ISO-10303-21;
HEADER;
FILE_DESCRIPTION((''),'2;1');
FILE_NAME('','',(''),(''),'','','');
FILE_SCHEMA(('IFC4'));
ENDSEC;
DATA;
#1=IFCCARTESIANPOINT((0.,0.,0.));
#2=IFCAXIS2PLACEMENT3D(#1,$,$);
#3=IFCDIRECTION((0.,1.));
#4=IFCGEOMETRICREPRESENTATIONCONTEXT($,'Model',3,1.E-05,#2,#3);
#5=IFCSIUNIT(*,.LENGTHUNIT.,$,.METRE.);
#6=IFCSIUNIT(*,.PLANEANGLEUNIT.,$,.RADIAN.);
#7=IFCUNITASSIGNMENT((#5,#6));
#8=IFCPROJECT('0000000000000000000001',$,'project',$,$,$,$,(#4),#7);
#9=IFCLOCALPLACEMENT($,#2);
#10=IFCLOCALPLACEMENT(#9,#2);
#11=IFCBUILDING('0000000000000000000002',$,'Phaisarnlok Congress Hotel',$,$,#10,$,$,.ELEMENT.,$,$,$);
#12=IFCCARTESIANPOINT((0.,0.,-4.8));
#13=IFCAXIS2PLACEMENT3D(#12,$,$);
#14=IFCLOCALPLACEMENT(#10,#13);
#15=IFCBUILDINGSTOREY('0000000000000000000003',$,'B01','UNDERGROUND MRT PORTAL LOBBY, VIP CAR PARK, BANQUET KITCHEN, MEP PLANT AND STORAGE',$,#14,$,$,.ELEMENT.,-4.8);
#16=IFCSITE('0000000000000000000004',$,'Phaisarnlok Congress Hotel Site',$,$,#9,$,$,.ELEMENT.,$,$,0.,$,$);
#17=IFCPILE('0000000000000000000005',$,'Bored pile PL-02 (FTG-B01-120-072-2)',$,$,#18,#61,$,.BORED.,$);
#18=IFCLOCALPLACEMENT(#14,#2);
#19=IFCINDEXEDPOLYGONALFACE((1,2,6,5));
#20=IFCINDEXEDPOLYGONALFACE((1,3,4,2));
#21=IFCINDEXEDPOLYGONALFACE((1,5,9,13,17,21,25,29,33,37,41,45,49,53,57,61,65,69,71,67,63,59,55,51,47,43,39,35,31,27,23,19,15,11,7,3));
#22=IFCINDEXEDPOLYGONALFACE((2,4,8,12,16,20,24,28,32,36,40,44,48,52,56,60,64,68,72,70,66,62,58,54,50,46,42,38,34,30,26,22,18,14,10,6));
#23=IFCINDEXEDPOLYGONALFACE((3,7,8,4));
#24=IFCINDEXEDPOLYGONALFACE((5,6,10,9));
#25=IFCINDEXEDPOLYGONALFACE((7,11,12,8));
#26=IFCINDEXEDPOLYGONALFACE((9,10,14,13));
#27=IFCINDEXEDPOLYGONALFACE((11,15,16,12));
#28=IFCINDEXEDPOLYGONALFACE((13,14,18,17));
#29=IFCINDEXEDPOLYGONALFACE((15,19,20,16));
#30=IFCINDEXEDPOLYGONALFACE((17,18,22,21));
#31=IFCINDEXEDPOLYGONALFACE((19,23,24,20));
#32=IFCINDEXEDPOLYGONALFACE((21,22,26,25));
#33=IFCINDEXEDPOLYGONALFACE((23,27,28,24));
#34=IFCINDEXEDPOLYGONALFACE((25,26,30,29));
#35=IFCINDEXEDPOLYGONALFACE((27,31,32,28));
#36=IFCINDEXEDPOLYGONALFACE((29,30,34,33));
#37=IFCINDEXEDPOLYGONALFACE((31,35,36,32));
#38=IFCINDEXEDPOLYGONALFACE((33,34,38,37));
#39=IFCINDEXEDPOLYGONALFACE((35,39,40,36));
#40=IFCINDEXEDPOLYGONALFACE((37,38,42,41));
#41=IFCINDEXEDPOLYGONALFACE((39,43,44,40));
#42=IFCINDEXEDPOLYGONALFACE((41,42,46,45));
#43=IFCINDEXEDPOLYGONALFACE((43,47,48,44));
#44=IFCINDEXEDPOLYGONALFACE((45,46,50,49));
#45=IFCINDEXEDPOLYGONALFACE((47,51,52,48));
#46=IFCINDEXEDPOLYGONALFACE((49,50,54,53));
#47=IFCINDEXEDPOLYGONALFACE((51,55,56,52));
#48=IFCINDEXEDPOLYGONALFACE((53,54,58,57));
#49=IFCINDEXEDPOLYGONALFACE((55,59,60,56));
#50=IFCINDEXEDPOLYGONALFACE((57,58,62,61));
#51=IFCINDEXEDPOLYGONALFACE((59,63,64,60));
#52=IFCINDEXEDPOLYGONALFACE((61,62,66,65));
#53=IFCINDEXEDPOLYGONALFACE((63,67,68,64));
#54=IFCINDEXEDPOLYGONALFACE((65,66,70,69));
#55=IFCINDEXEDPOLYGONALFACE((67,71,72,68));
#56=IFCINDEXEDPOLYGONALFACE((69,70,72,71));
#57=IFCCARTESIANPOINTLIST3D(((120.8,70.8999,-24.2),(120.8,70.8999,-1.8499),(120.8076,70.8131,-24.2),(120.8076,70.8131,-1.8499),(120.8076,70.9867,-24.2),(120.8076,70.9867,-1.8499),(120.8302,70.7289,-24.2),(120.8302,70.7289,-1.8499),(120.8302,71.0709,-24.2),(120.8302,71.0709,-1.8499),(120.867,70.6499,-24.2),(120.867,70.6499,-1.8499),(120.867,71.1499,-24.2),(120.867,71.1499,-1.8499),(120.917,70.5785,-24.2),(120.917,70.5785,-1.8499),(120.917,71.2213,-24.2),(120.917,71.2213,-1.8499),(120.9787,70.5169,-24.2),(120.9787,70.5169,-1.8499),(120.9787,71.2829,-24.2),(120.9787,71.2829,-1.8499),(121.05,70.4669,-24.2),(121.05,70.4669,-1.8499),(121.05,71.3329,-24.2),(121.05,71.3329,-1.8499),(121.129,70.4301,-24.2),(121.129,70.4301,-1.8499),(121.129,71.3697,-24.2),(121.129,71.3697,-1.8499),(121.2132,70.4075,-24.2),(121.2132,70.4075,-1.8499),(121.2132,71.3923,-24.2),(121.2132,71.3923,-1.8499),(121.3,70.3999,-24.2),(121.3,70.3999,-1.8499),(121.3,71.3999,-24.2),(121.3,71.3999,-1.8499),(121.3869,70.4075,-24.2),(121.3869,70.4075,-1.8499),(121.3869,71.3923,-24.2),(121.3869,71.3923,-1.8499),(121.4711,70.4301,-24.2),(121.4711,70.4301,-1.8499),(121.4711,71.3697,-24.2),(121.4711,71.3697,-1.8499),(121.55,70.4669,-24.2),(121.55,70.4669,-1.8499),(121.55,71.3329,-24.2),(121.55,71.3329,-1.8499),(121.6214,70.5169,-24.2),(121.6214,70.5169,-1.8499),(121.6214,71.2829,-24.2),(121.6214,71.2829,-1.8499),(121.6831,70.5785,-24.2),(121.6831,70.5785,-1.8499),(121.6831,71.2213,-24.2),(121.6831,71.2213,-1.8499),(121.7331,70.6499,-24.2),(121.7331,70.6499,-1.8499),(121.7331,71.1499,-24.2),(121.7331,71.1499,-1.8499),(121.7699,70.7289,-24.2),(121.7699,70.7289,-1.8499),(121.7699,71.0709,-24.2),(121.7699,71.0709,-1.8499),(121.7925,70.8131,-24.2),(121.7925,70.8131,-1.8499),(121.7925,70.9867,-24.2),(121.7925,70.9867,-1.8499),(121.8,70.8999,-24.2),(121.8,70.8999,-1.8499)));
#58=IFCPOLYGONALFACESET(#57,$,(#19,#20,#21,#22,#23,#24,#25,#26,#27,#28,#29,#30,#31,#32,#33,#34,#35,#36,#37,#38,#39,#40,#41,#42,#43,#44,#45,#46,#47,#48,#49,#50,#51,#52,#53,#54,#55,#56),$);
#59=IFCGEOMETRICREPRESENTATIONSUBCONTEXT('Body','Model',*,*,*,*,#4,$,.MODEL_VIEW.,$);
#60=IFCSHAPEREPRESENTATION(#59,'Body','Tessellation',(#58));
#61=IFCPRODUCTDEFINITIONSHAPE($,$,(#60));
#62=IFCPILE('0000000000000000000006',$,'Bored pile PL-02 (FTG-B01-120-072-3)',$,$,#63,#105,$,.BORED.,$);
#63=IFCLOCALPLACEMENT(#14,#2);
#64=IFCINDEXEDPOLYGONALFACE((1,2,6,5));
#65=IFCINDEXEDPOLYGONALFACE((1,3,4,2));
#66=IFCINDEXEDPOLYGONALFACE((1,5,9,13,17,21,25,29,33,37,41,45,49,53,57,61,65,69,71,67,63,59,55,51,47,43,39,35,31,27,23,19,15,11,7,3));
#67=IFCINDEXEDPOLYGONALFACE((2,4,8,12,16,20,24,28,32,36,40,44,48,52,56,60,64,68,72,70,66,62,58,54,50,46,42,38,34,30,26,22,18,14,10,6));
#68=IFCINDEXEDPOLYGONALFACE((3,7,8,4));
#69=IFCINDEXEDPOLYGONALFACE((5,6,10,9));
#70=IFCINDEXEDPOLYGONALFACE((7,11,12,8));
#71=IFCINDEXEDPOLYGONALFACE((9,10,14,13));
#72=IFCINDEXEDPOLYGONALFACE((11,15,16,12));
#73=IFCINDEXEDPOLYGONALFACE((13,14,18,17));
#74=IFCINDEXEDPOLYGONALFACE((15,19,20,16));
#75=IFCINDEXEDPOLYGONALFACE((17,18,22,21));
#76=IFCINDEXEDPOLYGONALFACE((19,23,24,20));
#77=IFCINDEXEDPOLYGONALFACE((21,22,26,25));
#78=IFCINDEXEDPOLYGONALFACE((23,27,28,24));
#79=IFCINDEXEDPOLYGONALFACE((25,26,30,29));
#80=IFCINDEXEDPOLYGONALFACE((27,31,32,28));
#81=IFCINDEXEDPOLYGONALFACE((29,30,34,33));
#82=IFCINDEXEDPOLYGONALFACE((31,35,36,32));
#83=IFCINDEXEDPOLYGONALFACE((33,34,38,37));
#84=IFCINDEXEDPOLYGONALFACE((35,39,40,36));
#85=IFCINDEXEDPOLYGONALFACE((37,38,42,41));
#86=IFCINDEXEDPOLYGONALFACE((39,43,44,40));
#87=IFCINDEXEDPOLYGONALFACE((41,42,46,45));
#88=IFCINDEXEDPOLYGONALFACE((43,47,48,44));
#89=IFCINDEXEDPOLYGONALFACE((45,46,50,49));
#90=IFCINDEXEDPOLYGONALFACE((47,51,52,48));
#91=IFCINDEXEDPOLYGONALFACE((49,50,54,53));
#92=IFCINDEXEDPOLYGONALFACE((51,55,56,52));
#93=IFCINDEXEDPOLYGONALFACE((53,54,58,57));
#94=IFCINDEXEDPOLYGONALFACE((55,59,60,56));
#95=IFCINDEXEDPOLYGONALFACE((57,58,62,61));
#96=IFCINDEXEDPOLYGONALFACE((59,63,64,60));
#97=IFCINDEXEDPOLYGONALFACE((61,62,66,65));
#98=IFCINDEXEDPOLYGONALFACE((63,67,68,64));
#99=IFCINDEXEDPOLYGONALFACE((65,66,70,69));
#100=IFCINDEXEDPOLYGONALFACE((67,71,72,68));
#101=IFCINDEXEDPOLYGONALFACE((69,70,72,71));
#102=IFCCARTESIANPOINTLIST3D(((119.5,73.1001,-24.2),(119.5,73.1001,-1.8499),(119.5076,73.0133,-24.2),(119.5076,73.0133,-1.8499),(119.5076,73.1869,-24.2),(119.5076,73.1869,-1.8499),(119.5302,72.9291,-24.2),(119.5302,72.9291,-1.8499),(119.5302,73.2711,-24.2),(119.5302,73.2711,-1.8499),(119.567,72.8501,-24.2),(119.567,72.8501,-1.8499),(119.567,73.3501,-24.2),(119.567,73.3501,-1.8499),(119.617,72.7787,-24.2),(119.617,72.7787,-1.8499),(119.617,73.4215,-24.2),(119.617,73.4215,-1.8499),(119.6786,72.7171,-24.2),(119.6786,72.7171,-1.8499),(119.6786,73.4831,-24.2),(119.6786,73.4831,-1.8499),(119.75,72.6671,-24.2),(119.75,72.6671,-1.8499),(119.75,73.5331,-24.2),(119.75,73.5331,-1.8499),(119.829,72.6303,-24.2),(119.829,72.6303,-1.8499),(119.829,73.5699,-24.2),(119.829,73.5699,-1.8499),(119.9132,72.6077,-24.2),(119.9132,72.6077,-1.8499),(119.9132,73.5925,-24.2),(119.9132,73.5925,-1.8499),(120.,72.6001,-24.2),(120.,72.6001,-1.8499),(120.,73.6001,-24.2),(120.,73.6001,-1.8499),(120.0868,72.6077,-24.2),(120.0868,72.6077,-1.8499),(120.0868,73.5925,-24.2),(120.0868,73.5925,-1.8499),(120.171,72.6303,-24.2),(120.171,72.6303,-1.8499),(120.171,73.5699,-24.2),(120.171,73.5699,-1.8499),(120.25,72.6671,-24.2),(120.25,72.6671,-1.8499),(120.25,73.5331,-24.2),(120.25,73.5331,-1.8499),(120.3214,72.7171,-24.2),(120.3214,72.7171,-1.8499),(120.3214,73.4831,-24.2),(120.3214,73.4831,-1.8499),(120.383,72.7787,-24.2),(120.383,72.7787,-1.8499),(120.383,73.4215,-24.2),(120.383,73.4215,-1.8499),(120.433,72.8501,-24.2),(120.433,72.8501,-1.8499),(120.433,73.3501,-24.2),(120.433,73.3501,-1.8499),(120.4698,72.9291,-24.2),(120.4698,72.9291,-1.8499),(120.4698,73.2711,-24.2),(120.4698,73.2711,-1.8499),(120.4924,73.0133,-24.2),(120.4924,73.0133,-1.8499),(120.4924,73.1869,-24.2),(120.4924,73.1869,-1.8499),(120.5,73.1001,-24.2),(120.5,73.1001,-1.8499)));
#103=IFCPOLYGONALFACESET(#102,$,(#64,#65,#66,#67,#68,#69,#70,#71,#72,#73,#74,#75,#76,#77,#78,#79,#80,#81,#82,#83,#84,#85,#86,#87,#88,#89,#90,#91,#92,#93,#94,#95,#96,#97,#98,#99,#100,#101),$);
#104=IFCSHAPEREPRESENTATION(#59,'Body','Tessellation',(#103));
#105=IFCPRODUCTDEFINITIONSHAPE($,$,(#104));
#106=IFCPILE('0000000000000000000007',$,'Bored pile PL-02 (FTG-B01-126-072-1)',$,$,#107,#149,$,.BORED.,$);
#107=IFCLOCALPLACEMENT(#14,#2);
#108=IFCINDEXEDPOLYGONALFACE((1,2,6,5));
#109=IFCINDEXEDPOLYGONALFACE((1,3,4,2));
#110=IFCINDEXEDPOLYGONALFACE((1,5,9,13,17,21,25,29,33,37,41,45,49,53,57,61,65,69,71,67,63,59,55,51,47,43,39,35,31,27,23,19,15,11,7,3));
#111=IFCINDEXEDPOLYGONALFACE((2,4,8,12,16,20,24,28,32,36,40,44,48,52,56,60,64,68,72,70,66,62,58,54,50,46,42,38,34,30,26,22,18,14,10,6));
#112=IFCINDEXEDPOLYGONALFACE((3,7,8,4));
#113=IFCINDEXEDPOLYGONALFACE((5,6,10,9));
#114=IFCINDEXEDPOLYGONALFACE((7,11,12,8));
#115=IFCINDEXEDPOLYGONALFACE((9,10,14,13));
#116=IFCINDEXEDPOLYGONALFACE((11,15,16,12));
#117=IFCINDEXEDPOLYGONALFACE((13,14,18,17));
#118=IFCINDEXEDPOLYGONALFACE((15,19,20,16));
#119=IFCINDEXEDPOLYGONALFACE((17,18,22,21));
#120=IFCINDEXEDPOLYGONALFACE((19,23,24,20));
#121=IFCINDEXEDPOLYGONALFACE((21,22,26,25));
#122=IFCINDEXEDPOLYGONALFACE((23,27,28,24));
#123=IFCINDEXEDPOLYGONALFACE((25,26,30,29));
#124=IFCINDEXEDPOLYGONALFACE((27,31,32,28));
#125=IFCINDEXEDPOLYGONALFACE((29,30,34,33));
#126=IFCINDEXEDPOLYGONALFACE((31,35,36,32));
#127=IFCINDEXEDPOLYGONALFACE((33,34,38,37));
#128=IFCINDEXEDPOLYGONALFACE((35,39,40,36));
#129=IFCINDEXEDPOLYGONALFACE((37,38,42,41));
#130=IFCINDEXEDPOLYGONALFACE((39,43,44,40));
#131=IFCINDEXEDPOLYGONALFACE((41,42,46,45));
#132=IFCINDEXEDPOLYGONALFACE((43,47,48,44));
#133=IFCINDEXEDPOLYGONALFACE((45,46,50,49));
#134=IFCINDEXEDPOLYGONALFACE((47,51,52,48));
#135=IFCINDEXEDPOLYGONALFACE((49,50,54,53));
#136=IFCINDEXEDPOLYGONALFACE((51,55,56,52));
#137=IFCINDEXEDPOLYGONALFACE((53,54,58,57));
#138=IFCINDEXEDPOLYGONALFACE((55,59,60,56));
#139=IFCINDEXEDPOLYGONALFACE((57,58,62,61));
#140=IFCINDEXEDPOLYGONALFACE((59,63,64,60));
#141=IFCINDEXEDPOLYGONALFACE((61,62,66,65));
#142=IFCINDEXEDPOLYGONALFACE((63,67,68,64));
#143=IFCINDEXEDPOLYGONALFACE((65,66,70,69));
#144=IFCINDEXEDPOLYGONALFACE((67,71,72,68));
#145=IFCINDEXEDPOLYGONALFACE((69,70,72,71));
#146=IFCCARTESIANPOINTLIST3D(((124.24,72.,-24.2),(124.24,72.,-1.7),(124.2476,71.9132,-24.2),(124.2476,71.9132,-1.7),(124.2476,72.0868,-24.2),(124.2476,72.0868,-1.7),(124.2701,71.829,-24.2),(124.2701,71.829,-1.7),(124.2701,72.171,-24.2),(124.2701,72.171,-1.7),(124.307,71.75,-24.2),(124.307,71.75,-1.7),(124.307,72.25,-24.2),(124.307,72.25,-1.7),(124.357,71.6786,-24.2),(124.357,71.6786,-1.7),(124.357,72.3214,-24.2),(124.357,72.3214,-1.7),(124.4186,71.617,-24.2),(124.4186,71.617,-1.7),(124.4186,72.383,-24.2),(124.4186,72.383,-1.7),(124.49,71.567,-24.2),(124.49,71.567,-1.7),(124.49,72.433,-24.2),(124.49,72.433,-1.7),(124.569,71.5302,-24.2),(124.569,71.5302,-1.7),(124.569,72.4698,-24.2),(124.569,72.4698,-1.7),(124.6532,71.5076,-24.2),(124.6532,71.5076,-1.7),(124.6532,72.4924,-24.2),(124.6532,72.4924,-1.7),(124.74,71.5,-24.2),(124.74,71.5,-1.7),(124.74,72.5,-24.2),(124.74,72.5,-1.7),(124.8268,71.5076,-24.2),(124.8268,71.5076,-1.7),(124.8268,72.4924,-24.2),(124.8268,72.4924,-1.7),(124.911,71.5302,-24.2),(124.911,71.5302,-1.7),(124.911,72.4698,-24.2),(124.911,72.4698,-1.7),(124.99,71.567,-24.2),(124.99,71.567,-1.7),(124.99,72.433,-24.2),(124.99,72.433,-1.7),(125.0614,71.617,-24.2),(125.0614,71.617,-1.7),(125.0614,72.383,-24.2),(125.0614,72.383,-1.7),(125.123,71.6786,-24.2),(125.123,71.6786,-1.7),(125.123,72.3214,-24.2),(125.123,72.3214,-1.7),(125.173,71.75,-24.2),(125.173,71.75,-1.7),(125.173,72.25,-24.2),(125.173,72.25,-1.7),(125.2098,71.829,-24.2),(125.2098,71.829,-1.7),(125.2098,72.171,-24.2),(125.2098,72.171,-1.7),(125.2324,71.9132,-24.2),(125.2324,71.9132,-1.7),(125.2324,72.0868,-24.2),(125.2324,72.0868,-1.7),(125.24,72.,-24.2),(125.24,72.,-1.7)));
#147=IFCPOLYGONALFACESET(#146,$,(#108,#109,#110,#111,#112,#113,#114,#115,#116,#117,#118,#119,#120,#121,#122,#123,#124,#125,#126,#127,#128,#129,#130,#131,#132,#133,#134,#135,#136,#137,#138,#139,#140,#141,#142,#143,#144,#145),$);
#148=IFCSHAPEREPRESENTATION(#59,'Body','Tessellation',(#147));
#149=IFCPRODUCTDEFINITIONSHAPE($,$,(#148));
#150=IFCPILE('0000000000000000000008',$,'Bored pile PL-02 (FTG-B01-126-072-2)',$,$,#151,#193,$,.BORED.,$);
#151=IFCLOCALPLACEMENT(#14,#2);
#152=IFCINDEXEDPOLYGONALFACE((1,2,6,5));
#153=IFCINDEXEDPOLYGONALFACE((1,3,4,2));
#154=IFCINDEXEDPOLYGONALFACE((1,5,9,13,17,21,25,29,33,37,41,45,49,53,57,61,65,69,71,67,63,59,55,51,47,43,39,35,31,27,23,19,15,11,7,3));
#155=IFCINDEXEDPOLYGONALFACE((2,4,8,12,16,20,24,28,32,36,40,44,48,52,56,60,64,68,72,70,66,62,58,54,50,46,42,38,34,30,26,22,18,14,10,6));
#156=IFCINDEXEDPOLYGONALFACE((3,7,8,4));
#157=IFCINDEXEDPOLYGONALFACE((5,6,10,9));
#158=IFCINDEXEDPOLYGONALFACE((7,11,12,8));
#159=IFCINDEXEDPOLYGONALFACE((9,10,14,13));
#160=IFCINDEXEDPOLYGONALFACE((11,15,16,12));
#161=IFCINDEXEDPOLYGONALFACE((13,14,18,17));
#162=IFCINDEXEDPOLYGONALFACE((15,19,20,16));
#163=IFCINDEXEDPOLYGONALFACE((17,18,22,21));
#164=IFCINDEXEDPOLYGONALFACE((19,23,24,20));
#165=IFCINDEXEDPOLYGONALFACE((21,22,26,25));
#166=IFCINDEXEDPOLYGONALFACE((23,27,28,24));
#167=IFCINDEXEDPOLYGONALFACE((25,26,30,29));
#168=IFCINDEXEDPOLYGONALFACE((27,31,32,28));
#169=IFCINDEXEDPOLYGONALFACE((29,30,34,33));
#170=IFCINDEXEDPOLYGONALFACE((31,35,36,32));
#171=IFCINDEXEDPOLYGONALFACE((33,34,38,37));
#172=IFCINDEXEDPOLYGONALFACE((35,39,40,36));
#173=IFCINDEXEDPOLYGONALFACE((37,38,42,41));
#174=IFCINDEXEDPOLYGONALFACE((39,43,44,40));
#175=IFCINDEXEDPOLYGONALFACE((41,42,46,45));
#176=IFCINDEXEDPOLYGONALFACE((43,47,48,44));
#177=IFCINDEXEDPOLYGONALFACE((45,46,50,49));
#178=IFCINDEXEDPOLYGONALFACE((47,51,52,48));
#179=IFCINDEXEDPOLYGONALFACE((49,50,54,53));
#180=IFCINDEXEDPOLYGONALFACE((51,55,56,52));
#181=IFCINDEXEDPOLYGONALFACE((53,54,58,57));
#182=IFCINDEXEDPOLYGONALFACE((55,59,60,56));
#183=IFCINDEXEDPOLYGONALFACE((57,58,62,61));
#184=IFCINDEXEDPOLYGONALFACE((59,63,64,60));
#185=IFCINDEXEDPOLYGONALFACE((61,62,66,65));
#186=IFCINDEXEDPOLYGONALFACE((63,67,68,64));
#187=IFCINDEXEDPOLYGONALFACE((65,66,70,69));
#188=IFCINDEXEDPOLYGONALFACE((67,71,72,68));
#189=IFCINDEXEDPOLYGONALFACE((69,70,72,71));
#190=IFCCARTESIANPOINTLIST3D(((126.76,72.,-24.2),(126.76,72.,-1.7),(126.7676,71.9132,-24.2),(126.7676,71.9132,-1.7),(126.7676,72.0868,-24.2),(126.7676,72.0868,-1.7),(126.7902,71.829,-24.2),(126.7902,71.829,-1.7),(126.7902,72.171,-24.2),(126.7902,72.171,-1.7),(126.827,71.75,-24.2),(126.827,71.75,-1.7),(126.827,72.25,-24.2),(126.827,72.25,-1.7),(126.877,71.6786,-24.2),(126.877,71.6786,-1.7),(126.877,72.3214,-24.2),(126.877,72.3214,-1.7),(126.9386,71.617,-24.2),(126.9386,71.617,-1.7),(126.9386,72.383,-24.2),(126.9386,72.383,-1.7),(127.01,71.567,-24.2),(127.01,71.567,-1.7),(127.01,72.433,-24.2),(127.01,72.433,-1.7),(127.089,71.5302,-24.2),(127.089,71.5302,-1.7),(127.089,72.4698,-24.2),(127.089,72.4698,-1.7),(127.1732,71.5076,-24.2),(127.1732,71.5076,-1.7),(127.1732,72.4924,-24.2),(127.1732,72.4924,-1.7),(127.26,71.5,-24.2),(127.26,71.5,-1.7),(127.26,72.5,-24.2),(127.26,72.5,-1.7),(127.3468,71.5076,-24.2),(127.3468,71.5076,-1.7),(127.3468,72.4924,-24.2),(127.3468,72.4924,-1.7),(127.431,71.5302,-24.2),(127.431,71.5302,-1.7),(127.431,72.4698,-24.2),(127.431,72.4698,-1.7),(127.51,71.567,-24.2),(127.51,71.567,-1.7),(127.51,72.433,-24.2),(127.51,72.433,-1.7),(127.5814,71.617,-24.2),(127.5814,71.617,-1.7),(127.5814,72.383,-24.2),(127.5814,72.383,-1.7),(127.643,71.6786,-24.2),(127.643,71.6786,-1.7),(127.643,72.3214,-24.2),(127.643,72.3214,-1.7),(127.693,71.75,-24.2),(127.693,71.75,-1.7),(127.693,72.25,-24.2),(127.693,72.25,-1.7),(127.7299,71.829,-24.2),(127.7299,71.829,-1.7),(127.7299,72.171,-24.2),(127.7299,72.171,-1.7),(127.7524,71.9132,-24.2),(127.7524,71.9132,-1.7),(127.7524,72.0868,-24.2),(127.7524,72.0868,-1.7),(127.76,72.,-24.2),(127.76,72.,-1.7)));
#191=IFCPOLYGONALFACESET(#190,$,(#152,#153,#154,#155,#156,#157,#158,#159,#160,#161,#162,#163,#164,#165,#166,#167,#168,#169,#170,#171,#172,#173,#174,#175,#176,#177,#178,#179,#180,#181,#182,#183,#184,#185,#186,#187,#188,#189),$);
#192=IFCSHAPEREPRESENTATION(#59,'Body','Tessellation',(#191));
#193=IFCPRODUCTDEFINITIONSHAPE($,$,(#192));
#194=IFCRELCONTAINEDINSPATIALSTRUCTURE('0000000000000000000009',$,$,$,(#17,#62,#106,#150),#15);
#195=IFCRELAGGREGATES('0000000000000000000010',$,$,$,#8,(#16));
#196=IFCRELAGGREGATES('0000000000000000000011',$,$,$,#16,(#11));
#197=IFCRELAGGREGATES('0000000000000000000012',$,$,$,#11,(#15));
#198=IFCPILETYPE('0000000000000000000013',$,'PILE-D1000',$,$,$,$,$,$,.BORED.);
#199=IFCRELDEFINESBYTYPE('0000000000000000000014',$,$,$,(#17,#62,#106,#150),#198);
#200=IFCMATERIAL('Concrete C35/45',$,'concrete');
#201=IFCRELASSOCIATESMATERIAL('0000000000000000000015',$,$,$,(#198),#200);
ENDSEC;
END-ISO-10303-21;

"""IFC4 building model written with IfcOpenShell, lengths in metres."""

from ifc_helpers import new_model, si_unit, direction, frame, origin, origin_2d, place, context, subcontext, project, spatial, circle, extrude, material, material_profile, profile_set, type_object, element, save


model = new_model("IFC4")

# Units and contexts
model_context = context("Model", 3, precision=1e-05, world=origin(), true_north=direction((0.0, 1.0)))
body_context = subcontext(model_context, "Body", "Model", "MODEL_VIEW")
ifc_project = project(units=[si_unit("LENGTHUNIT", "METRE"), si_unit("PLANEANGLEUNIT", "RADIAN")], contexts=[model_context])

# Site, building, storey
site_placement = place(None, origin())
site = spatial("IfcSite", under=ifc_project, at=site_placement, Name="Phaisarnlok Congress Hotel Site", CompositionType="ELEMENT", RefElevation=0.0)
building_placement = place(site_placement, origin())
building = spatial("IfcBuilding", under=site, at=building_placement, Name="Phaisarnlok Congress Hotel", CompositionType="ELEMENT")
storey_placement = place(building_placement, frame((0.0, 0.0, -4.8)))
storey = spatial("IfcBuildingStorey", under=building, at=storey_placement, Name="B01", Description="UNDERGROUND MRT PORTAL LOBBY, VIP CAR PARK, BANQUET KITCHEN, MEP PLANT AND STORAGE", CompositionType="ELEMENT", Elevation=-4.8)

# Piles
ifc_material_1 = material(Name="Concrete C35/45", Category="concrete")
ifc_material_profile_1 = material_profile(ifc_material_1, circle(Radius=0.5, at=origin_2d()), Name="BORED PILE D1000")
ifc_profile_set_1 = profile_set([ifc_material_profile_1], Name="Concrete C35/45")
pile_type_1 = type_object("IfcPileType", Name="PILE-D1000", PredefinedType="BORED", material=ifc_profile_set_1)
for number, where, z_axis, x_axis, name in (
    (1, (121.3, 70.8999, -1.8499), (0.0, 0.0, -1.0), (1.0, 0.0, 0.0), "Bored pile PL-02 (FTG-B01-120-072-2)"),
    (2, (120.0, 73.1001, -1.8499), (0.0, 0.0, -1.0), (1.0, 0.0, 0.0), "Bored pile PL-02 (FTG-B01-120-072-3)"),
):
    element("IfcPile", number, at=place(storey_placement, frame(where, z_axis=z_axis, x_axis=x_axis)), inside=storey, type_object=pile_type_1, Name=name, PredefinedType="BORED", context=body_context, shape_type="SweptSolid", body=[
        extrude(circle(Radius=0.5, at=origin_2d()), origin(), (0.0, 0.0, 1.0), 22.3501),
    ])
for number, where, z_axis, x_axis, name in (
    (3, (124.74, 72.0, -1.7), (0.0, 0.0, -1.0), (1.0, 0.0, 0.0), "Bored pile PL-02 (FTG-B01-126-072-1)"),
    (4, (127.26, 72.0, -1.7), (0.0, 0.0, -1.0), (1.0, 0.0, 0.0), "Bored pile PL-02 (FTG-B01-126-072-2)"),
):
    element("IfcPile", number, at=place(storey_placement, frame(where, z_axis=z_axis, x_axis=x_axis)), inside=storey, type_object=pile_type_1, Name=name, PredefinedType="BORED", context=body_context, shape_type="SweptSolid", body=[
        extrude(circle(Radius=0.5, at=origin_2d()), origin(), (0.0, 0.0, 1.0), 22.5),
    ])

save(model, "model.ifc")
